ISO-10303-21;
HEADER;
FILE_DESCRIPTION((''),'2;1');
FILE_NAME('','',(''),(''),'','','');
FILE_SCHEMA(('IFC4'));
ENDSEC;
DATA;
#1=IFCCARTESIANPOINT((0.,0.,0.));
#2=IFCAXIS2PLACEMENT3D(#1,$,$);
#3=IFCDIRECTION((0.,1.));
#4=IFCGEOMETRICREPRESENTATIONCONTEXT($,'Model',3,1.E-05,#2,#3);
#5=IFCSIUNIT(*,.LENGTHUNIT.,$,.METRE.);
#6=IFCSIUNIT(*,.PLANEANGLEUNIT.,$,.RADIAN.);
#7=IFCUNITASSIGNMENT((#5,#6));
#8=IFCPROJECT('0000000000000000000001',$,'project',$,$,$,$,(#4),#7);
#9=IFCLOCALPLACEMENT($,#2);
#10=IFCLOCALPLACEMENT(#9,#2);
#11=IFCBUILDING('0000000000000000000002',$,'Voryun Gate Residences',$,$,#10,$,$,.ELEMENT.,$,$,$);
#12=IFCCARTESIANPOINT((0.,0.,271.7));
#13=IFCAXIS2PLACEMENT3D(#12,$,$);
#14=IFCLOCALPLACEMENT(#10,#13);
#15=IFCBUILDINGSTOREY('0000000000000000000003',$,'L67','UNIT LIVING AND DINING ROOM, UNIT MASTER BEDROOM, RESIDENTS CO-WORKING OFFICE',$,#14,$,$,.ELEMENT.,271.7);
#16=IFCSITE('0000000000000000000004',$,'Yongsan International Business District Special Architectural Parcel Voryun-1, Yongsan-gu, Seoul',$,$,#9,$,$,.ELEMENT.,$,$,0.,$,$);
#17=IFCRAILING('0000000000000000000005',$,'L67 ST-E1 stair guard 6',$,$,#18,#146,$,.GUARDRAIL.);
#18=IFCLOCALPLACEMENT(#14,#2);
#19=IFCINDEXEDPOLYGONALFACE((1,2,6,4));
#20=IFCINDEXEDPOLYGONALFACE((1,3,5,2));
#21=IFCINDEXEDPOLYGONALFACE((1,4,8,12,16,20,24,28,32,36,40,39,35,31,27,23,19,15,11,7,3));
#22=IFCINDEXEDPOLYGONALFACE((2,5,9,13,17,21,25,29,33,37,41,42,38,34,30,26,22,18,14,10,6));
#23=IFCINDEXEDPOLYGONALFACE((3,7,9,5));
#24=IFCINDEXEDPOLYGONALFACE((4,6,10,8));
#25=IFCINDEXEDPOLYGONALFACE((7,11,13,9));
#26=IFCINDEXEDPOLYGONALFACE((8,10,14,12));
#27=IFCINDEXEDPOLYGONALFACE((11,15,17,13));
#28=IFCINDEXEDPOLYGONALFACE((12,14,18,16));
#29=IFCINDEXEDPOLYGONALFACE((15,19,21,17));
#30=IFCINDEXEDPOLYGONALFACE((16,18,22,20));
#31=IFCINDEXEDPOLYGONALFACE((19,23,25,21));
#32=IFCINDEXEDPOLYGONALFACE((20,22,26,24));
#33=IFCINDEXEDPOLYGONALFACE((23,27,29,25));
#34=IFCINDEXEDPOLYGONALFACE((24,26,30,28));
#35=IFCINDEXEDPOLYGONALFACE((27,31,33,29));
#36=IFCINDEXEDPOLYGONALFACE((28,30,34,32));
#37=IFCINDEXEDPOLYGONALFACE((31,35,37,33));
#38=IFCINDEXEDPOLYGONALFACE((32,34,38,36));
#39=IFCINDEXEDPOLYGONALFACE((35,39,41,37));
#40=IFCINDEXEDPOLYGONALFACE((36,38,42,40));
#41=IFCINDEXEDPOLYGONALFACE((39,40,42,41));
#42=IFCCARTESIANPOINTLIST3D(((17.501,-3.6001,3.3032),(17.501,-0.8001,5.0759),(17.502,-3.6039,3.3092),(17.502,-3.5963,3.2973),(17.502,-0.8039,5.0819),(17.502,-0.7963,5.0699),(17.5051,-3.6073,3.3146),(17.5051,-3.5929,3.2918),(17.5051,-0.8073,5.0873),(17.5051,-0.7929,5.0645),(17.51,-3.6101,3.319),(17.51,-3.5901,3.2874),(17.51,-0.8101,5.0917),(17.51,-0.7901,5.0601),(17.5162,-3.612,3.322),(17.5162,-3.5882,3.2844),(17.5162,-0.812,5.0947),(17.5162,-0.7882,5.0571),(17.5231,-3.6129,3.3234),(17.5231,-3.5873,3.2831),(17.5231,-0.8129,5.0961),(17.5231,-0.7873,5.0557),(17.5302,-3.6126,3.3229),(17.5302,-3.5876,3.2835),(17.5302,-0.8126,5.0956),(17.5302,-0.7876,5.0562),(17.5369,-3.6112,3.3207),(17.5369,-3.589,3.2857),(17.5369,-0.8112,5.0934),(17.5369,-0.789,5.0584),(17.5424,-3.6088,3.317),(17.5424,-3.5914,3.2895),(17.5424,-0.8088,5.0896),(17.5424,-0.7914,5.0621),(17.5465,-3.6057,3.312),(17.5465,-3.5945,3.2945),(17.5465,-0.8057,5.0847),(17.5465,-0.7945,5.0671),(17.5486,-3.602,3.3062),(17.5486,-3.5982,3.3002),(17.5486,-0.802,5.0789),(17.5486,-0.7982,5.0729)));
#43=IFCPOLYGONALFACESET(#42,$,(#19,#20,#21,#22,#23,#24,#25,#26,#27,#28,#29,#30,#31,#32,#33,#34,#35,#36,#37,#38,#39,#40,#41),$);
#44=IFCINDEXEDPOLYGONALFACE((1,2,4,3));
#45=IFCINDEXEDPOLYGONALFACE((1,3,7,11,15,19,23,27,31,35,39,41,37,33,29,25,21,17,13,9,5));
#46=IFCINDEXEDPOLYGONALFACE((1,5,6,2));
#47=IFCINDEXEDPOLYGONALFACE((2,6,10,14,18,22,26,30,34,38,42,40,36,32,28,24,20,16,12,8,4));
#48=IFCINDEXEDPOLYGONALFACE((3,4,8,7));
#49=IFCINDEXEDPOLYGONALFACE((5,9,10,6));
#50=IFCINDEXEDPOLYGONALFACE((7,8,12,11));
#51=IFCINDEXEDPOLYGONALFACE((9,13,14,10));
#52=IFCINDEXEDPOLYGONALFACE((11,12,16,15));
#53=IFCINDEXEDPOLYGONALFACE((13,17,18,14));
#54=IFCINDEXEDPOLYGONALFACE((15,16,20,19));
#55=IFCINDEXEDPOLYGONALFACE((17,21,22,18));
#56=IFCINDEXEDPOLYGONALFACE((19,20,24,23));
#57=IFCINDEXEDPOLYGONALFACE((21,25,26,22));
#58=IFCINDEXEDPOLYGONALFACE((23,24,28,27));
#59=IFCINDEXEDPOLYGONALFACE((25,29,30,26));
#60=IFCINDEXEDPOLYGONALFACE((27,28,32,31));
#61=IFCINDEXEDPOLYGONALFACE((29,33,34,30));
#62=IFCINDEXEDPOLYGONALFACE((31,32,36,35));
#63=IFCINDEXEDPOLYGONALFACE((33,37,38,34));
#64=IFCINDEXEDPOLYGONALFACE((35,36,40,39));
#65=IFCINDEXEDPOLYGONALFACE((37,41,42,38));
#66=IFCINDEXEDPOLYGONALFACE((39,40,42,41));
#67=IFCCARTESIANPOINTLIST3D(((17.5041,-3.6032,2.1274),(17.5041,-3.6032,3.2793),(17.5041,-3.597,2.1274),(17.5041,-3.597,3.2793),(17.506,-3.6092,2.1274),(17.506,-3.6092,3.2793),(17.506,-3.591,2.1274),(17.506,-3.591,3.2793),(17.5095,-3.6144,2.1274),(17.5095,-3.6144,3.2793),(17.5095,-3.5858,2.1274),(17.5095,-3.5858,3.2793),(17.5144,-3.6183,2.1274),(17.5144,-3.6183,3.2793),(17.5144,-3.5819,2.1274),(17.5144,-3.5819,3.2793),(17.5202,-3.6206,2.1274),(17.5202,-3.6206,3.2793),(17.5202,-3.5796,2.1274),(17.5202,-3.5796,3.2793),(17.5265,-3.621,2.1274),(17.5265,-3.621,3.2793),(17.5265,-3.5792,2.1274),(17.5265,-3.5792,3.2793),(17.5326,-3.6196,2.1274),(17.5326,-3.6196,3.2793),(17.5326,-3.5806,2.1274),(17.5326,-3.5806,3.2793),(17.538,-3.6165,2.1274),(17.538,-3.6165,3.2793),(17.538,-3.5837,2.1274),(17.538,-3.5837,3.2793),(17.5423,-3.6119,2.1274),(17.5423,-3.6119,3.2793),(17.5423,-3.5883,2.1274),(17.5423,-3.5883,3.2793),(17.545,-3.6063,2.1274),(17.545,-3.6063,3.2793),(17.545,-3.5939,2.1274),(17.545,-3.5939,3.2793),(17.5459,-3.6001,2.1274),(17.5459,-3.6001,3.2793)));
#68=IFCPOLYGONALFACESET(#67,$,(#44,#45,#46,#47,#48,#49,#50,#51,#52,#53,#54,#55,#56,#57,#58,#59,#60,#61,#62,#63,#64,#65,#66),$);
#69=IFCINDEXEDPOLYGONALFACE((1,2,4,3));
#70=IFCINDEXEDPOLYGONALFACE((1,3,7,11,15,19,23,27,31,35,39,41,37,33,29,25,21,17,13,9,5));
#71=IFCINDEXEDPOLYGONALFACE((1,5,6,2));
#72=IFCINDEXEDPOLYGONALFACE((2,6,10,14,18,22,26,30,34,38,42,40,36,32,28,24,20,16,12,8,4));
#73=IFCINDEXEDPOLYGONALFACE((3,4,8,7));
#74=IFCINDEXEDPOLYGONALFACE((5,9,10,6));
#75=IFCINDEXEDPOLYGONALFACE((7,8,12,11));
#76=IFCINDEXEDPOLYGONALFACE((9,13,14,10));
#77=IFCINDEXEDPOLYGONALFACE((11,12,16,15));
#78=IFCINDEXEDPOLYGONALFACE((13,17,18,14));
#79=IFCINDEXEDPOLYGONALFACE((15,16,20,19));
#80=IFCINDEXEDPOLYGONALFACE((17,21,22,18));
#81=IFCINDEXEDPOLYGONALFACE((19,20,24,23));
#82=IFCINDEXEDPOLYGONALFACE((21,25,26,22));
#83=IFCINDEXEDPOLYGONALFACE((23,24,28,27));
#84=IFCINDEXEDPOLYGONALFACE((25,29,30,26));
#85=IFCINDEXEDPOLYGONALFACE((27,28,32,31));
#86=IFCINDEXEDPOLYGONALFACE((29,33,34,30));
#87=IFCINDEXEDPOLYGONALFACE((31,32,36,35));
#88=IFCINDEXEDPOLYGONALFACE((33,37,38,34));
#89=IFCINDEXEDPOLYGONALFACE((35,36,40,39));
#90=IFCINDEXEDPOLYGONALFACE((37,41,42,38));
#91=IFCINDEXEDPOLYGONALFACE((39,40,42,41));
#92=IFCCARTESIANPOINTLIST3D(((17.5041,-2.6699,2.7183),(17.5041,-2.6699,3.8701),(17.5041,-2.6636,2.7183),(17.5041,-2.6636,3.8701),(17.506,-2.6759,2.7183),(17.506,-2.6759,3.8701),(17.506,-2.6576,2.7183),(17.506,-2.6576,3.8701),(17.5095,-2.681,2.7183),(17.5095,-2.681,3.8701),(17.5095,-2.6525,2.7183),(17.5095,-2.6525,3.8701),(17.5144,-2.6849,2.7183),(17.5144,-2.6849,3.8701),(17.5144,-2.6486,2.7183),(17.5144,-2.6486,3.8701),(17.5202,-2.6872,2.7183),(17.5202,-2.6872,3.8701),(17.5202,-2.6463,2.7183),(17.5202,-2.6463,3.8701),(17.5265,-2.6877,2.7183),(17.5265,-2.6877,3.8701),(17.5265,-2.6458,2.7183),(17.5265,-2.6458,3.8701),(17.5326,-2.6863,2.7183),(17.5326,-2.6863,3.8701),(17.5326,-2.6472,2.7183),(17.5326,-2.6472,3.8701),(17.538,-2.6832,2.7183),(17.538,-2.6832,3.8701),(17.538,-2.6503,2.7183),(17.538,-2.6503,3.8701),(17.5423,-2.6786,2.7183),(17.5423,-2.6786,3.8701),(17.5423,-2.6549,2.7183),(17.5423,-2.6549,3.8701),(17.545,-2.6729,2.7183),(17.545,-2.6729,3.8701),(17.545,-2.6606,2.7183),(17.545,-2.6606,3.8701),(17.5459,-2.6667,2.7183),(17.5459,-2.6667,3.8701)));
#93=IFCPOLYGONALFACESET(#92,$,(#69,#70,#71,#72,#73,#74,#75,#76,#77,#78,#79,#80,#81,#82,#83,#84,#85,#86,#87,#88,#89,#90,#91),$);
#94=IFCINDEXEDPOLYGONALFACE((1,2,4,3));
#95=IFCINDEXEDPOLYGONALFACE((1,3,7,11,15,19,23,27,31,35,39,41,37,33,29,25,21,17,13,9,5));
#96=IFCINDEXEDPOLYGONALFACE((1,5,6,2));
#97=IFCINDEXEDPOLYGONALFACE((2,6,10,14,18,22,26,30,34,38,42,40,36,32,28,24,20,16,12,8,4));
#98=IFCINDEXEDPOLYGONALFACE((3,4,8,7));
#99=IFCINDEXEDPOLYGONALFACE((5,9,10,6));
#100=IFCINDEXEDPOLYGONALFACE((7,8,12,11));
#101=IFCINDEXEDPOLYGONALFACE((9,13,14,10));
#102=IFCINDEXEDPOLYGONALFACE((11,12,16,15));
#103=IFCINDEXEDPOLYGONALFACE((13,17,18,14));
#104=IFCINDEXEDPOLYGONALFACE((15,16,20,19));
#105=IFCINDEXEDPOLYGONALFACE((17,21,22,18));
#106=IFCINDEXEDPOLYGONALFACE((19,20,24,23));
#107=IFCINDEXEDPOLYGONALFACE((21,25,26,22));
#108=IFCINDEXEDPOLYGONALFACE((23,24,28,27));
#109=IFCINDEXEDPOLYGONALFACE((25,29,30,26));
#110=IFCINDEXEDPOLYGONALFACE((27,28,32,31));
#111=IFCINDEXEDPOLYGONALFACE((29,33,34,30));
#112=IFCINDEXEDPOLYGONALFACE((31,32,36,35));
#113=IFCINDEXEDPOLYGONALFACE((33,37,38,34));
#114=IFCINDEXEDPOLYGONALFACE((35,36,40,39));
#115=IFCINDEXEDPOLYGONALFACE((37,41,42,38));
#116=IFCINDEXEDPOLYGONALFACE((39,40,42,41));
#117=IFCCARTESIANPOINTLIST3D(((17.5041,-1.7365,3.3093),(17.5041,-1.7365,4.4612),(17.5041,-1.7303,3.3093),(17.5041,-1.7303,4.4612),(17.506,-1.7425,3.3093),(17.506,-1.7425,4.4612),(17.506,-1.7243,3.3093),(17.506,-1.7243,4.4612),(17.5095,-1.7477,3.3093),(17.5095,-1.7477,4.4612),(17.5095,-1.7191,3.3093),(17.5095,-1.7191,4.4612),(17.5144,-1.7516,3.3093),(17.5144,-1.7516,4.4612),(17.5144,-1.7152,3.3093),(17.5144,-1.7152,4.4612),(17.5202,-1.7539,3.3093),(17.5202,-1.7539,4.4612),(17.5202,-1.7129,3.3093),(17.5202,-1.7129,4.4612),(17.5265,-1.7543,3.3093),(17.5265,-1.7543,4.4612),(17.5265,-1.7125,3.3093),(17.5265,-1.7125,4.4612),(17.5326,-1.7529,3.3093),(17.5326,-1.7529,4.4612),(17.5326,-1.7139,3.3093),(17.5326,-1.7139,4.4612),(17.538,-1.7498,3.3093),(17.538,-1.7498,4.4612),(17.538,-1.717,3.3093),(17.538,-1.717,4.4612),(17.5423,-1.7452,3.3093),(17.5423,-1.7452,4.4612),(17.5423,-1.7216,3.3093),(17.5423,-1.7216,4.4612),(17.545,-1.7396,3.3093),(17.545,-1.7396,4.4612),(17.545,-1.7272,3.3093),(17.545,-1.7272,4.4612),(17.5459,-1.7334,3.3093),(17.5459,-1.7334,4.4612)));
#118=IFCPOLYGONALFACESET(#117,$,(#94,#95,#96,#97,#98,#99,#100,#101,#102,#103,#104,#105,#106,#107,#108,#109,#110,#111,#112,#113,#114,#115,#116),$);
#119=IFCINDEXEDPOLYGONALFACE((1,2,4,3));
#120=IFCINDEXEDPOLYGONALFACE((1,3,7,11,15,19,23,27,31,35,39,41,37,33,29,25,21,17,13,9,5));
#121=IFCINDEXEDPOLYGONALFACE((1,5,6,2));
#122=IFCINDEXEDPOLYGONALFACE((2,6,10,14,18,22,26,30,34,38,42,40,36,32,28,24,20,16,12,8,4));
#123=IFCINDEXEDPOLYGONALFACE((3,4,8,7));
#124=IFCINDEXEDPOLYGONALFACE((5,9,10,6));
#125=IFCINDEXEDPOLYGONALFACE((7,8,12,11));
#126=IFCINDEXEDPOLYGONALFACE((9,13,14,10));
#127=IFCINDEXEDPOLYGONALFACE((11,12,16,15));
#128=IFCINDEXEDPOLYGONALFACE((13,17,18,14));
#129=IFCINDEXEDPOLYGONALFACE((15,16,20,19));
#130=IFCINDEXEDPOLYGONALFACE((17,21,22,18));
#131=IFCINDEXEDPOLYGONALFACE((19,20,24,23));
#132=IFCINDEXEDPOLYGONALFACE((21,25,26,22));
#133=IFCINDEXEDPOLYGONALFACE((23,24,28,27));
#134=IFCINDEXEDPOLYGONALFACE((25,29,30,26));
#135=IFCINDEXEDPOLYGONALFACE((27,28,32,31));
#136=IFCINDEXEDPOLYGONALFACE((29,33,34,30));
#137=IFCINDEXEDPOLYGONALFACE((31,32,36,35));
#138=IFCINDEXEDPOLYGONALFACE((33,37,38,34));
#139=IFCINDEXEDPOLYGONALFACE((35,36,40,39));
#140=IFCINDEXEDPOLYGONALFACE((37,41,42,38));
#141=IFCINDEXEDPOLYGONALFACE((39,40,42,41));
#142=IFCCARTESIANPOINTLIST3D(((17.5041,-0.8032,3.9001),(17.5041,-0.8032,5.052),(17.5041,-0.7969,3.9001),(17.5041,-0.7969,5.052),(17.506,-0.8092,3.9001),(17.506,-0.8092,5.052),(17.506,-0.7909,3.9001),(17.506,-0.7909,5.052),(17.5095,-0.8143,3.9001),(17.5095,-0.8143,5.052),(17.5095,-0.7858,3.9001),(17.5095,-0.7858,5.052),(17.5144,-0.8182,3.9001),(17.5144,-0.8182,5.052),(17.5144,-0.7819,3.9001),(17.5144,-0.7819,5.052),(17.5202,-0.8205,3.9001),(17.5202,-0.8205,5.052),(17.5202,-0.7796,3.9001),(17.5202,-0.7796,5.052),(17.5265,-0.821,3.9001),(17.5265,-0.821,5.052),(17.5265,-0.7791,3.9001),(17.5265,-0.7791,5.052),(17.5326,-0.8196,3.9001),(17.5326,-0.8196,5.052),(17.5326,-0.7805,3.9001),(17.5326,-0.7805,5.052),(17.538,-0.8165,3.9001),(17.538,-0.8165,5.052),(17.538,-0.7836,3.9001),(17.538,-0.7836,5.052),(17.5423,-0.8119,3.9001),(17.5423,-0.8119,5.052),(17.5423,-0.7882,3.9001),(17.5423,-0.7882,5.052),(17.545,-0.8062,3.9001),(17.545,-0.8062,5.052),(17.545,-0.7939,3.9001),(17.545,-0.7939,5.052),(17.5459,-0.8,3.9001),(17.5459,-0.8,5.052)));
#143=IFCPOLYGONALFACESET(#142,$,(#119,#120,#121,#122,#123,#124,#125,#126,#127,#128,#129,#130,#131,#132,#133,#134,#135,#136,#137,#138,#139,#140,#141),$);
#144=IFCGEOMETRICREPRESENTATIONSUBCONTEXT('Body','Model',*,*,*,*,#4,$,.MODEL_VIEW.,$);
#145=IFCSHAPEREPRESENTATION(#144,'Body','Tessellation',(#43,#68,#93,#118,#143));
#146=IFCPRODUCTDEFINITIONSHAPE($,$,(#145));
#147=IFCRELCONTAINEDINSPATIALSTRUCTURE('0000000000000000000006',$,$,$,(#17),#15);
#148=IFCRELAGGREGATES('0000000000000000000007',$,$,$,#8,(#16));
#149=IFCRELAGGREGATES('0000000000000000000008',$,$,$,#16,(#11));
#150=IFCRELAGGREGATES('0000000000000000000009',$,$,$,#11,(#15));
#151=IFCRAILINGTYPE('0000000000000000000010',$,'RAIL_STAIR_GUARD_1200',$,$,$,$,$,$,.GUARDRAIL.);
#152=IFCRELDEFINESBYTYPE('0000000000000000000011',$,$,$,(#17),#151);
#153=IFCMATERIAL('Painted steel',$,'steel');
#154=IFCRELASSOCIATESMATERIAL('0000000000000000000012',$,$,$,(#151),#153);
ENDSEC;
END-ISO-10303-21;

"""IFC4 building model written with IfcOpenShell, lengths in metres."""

from ifc_helpers import new_model, si_unit, direction, frame, origin, origin_2d, place, context, subcontext, project, spatial, circle, extrude, material, type_object, element, save


model = new_model("IFC4")

# Units and contexts
model_context = context("Model", 3, precision=1e-05, world=origin(), true_north=direction((0.0, 1.0)))
body_context = subcontext(model_context, "Body", "Model", "MODEL_VIEW")
ifc_project = project(units=[si_unit("LENGTHUNIT", "METRE"), si_unit("PLANEANGLEUNIT", "RADIAN")], contexts=[model_context])

# Site, building, storey
site_placement = place(None, origin())
site = spatial("IfcSite", under=ifc_project, at=site_placement, Name="Yongsan International Business District Special Architectural Parcel Voryun-1, Yongsan-gu, Seoul", CompositionType="ELEMENT", RefElevation=0.0)
building_placement = place(site_placement, origin())
building = spatial("IfcBuilding", under=site, at=building_placement, Name="Voryun Gate Residences", CompositionType="ELEMENT")
storey_placement = place(building_placement, frame((0.0, 0.0, 271.7)))
storey = spatial("IfcBuildingStorey", under=building, at=storey_placement, Name="L67", Description="UNIT LIVING AND DINING ROOM, UNIT MASTER BEDROOM, RESIDENTS CO-WORKING OFFICE", CompositionType="ELEMENT", Elevation=271.7)

# Railing
ifc_material_1 = material(Name="Painted steel", Category="steel")
railing_type_1 = type_object("IfcRailingType", Name="RAIL_STAIR_GUARD_1200", PredefinedType="GUARDRAIL", material=ifc_material_1)
railing_1_placement = place(storey_placement, frame((17.5249, -3.6001, 2.1274)))
element("IfcRailing", 1, at=railing_1_placement, inside=storey, type_object=railing_type_1, Name="L67 ST-E1 stair guard 6", PredefinedType="GUARDRAIL", context=body_context, shape_type="SweptSolid", body=[
    extrude(circle(Radius=0.0239, at=origin_2d()), frame((0.0, 0.0, 1.1758), z_axis=(0.0, 0.844909, 0.53491), x_axis=(-1.0, 0.0, 0.0)), (0.0, 0.0, 1.0), 3.314),
    extrude(circle(Radius=0.021, at=origin_2d()), origin(), (0.0, 0.0, 1.0), 1.1519),
    extrude(circle(Radius=0.021, at=origin_2d()), frame((0.0, 0.9333, 0.5908)), (0.0, 0.0, 1.0), 1.1519),
    extrude(circle(Radius=0.021, at=origin_2d()), frame((0.0, 1.8667, 1.1819)), (0.0, 0.0, 1.0), 1.1519),
    extrude(circle(Radius=0.021, at=origin_2d()), frame((0.0, 2.8, 1.7727)), (0.0, 0.0, 1.0), 1.1519),
])

save(model, "model.ifc")
